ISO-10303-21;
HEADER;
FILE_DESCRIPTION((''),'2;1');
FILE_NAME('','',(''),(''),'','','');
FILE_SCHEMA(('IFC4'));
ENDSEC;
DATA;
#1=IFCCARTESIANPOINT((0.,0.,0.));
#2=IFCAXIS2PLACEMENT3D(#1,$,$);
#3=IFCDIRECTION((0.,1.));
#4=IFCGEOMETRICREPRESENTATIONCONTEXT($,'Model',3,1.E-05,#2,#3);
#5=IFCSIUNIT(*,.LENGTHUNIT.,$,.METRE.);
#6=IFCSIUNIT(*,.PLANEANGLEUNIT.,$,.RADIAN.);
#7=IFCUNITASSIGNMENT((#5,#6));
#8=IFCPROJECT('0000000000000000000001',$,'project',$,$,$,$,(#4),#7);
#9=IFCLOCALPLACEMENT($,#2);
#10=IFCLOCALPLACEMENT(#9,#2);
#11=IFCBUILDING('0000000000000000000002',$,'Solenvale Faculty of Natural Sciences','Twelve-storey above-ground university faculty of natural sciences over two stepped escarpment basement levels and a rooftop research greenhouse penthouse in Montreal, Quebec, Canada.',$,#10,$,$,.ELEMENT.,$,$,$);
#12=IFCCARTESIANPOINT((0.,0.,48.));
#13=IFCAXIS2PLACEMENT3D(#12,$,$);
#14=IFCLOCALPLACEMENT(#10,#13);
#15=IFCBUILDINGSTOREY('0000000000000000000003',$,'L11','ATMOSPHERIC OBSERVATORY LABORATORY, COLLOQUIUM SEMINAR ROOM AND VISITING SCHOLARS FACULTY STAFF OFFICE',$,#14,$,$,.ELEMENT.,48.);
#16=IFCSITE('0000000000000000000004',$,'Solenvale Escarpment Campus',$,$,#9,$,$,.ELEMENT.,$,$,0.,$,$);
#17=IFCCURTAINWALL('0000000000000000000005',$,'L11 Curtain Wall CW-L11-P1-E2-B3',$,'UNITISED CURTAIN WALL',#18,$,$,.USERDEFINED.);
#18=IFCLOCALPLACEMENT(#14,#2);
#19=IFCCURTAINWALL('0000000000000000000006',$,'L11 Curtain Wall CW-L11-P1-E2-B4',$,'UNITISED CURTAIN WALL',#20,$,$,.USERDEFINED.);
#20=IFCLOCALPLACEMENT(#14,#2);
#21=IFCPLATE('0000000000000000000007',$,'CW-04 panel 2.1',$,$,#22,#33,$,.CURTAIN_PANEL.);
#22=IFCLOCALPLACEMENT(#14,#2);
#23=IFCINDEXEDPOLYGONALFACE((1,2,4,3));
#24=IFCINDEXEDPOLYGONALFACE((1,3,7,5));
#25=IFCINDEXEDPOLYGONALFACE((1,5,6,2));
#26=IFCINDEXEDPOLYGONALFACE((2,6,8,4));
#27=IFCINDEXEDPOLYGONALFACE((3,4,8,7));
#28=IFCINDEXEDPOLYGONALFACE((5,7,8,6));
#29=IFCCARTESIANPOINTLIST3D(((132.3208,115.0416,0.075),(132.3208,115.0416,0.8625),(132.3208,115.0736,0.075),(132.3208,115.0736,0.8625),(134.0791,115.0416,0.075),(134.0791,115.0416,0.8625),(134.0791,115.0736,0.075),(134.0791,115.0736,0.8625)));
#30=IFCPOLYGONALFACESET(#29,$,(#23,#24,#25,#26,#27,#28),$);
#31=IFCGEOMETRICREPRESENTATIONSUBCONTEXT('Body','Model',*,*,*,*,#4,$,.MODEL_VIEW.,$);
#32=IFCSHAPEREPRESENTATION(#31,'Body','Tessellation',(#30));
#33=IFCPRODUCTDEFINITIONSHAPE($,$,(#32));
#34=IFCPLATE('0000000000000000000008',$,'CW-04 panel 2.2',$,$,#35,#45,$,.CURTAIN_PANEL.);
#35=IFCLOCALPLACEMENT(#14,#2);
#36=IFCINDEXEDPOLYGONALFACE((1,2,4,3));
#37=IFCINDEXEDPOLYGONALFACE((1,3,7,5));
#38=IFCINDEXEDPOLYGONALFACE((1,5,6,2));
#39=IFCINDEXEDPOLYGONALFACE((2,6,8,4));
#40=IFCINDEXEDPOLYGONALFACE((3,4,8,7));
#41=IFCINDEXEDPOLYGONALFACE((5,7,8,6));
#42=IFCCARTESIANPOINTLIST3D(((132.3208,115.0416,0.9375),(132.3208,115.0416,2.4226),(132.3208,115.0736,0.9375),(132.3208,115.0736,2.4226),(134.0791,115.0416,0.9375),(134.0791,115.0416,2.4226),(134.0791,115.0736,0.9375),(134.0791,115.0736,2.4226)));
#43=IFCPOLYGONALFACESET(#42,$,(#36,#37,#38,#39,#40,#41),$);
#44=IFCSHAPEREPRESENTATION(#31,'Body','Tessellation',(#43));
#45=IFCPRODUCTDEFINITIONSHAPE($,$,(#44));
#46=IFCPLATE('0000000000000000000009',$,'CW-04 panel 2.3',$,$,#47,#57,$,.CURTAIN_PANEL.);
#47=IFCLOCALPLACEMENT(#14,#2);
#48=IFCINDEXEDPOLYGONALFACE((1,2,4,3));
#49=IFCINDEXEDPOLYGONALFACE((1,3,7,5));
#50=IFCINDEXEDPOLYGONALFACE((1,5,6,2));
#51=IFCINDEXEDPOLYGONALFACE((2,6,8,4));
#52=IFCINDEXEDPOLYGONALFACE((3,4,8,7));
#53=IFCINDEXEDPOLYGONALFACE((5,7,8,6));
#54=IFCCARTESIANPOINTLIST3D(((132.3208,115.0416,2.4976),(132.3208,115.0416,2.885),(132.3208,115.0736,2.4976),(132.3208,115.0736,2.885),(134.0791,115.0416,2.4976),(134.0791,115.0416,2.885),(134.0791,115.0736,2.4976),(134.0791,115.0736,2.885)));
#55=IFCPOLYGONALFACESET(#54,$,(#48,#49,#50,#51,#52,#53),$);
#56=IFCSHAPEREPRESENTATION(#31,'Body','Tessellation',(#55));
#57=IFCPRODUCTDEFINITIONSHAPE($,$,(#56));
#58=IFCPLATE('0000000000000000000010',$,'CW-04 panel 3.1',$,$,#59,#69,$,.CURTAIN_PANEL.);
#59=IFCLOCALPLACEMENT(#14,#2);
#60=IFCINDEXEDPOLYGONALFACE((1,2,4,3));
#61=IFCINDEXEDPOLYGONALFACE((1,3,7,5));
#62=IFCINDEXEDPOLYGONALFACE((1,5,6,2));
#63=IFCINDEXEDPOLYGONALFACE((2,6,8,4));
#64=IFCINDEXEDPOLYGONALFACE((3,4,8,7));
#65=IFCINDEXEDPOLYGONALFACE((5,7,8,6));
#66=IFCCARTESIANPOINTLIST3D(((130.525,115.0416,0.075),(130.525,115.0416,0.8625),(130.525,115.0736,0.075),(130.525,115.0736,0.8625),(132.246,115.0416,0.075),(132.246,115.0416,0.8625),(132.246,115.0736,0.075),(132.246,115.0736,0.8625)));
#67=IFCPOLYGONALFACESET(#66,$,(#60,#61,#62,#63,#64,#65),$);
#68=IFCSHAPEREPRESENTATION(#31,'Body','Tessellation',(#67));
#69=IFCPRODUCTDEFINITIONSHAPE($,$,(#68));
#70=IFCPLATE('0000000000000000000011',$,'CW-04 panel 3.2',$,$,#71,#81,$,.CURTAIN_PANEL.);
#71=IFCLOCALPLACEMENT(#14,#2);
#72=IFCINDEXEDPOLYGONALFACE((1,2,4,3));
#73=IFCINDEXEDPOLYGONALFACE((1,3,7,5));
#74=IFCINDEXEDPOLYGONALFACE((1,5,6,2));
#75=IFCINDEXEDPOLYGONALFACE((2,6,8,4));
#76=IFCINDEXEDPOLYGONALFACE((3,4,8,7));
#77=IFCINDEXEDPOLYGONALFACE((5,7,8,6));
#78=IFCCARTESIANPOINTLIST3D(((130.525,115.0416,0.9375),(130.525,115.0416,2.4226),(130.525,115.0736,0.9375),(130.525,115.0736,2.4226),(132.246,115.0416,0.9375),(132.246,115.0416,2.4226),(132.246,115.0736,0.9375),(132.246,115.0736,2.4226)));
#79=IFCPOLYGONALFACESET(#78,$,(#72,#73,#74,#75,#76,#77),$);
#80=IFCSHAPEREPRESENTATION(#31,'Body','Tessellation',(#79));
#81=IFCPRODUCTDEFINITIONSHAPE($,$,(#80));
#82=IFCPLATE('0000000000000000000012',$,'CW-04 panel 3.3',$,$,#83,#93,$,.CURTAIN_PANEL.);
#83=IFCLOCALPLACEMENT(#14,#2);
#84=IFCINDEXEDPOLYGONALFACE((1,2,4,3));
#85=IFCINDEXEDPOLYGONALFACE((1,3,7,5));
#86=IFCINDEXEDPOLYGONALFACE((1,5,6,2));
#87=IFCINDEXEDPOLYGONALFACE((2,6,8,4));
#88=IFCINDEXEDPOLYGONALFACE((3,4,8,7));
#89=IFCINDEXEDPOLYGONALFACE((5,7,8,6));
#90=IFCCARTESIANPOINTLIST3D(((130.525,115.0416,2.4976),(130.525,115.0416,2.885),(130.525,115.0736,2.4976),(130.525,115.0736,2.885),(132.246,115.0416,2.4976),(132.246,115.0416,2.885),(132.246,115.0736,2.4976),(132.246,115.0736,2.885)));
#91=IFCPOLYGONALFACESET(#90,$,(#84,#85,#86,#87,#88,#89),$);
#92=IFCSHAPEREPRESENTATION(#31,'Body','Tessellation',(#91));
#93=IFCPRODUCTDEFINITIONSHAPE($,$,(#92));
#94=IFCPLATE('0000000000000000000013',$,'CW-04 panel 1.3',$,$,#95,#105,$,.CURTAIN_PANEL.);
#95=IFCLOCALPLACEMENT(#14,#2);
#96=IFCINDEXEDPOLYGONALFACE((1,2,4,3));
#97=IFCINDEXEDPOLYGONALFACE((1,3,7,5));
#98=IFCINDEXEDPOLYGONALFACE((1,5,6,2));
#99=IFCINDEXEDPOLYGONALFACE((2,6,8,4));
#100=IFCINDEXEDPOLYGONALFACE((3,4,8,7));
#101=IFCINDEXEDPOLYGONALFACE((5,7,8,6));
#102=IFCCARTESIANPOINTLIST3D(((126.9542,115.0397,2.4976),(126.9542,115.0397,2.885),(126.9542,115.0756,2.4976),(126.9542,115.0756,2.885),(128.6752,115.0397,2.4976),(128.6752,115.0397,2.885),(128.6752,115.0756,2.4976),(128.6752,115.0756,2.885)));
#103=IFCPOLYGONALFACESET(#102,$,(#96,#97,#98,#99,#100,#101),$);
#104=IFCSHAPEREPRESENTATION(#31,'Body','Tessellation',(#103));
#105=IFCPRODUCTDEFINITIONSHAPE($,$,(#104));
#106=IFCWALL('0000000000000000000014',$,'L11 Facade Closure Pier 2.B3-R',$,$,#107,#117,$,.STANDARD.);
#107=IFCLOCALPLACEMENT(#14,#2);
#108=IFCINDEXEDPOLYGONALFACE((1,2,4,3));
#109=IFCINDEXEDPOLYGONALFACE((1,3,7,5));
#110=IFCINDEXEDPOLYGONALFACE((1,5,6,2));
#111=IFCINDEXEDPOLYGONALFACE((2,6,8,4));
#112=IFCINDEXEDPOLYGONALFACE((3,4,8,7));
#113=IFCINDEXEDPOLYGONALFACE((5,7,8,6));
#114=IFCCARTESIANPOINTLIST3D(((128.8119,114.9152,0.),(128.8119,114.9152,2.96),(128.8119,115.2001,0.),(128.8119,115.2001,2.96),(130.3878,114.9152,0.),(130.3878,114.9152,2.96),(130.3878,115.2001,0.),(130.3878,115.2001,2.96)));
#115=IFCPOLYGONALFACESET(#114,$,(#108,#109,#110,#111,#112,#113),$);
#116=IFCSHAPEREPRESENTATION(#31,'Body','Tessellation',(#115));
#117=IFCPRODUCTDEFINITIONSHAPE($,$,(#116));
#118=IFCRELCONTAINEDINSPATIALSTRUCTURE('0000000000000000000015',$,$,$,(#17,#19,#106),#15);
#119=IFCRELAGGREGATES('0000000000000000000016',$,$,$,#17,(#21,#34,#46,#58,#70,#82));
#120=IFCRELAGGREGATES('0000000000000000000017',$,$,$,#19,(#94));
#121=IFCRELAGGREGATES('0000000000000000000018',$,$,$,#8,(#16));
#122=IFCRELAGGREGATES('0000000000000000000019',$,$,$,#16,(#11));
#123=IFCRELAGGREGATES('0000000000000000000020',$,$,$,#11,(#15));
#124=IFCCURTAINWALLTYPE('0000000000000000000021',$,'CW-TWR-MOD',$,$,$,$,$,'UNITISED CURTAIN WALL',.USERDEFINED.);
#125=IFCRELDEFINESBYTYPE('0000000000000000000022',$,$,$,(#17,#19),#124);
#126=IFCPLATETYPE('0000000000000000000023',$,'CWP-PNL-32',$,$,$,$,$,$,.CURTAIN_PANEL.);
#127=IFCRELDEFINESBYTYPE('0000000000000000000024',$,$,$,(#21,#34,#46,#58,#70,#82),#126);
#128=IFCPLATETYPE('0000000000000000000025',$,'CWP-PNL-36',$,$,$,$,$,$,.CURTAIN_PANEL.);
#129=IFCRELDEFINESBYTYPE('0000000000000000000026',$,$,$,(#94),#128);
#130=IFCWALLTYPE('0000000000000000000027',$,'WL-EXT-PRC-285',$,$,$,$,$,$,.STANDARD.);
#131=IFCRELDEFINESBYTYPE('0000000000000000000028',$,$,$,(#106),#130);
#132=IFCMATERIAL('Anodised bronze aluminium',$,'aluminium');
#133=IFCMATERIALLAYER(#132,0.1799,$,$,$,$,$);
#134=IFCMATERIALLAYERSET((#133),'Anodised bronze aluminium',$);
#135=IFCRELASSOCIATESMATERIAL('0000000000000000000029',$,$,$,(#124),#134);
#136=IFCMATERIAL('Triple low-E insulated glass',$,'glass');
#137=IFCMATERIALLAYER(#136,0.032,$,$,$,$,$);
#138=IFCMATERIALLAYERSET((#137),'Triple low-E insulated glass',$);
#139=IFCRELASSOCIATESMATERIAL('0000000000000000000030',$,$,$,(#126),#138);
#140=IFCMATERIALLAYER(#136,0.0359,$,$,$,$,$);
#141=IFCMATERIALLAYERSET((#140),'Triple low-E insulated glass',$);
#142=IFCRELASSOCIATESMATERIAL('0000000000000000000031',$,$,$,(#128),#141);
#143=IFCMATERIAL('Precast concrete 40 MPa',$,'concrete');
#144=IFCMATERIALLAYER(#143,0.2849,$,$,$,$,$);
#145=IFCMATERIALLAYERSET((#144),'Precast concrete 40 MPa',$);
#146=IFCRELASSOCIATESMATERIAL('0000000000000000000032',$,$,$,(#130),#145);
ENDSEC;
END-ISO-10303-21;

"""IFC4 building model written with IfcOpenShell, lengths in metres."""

from ifc_helpers import new_model, si_unit, direction, frame, frame_2d, origin, origin_2d, place, context, subcontext, project, spatial, rectangle, extrude, material, layer, layer_set, type_object, element, aggregate, save


model = new_model("IFC4")

# Units and contexts
model_context = context("Model", 3, precision=1e-05, world=origin(), true_north=direction((0.0, 1.0)))
body_context = subcontext(model_context, "Body", "Model", "MODEL_VIEW")
ifc_project = project(units=[si_unit("LENGTHUNIT", "METRE"), si_unit("PLANEANGLEUNIT", "RADIAN")], contexts=[model_context])

# Site, building, storey
site_placement = place(None, origin())
site = spatial("IfcSite", under=ifc_project, at=site_placement, Name="Solenvale Escarpment Campus", CompositionType="ELEMENT", RefElevation=0.0)
building_placement = place(site_placement, origin())
building = spatial("IfcBuilding", under=site, at=building_placement, Name="Solenvale Faculty of Natural Sciences", Description="Twelve-storey above-ground university faculty of natural sciences over two stepped escarpment basement levels and a rooftop research greenhouse penthouse in Montreal, Quebec, Canada.", CompositionType="ELEMENT")
storey_placement = place(building_placement, frame((0.0, 0.0, 48.0)))
storey = spatial("IfcBuildingStorey", under=building, at=storey_placement, Name="L11", Description="ATMOSPHERIC OBSERVATORY LABORATORY, COLLOQUIUM SEMINAR ROOM AND VISITING SCHOLARS FACULTY STAFF OFFICE", CompositionType="ELEMENT", Elevation=48.0)

# Shared definitions
ifc_material_1 = material(Name="Precast concrete 40 MPa", Category="concrete")

# Curtain wall
ifc_material_2 = material(Name="Anodised bronze aluminium", Category="aluminium")
ifc_layer_1 = layer(ifc_material_2, 0.1799)
ifc_layer_set_1 = layer_set([ifc_layer_1], Name="Anodised bronze aluminium")
curtain_wall_type = type_object("IfcCurtainWallType", Name="CW-TWR-MOD", ElementType="UNITISED CURTAIN WALL", PredefinedType="USERDEFINED", material=ifc_layer_set_1)
curtain_wall_1_placement = place(storey_placement, origin())
curtain_wall_1 = element("IfcCurtainWall", 1, at=curtain_wall_1_placement, inside=storey, type_object=curtain_wall_type, Name="L11 Curtain Wall CW-L11-P1-E2-B3", ObjectType="UNITISED CURTAIN WALL", PredefinedType="USERDEFINED")

# Curtain wall
curtain_wall_2_placement = place(storey_placement, origin())
curtain_wall_2 = element("IfcCurtainWall", 2, at=curtain_wall_2_placement, inside=storey, type_object=curtain_wall_type, Name="L11 Curtain Wall CW-L11-P1-E2-B4", ObjectType="UNITISED CURTAIN WALL", PredefinedType="USERDEFINED")

# Plates
ifc_material_3 = material(Name="Triple low-E insulated glass", Category="glass")
ifc_layer_2 = layer(ifc_material_3, 0.032)
ifc_layer_set_2 = layer_set([ifc_layer_2], Name="Triple low-E insulated glass")
plate_type_1 = type_object("IfcPlateType", Name="CWP-PNL-32", PredefinedType="CURTAIN_PANEL", material=ifc_layer_set_2)
plate_1_placement = place(storey_placement, frame((133.2, 115.0576, 0.075), z_axis=(0.0, 0.0, 1.0), x_axis=(-1.0, 0.0, 0.0)))
plate_1 = element("IfcPlate", 3, at=plate_1_placement, type_object=plate_type_1, Name="CW-04 panel 2.1", PredefinedType="CURTAIN_PANEL", context=body_context, shape_type="SweptSolid", body=[
    extrude(rectangle(XDim=1.7583, YDim=0.032, at=origin_2d()), origin(), (0.0, 0.0, 1.0), 0.7876),
])
plate_2_placement = place(storey_placement, frame((133.2, 115.0576, 0.9375), z_axis=(0.0, 0.0, 1.0), x_axis=(-1.0, 0.0, 0.0)))
plate_2 = element("IfcPlate", 4, at=plate_2_placement, type_object=plate_type_1, Name="CW-04 panel 2.2", PredefinedType="CURTAIN_PANEL", context=body_context, shape_type="SweptSolid", body=[
    extrude(rectangle(XDim=1.7583, YDim=0.032, at=origin_2d()), origin(), (0.0, 0.0, 1.0), 1.4851),
])
plate_3_placement = place(storey_placement, frame((133.2, 115.0576, 2.4976), z_axis=(0.0, 0.0, 1.0), x_axis=(-1.0, 0.0, 0.0)))
plate_3 = element("IfcPlate", 5, at=plate_3_placement, type_object=plate_type_1, Name="CW-04 panel 2.3", PredefinedType="CURTAIN_PANEL", context=body_context, shape_type="SweptSolid", body=[
    extrude(rectangle(XDim=1.7583, YDim=0.032, at=origin_2d()), origin(), (0.0, 0.0, 1.0), 0.3875),
])
plate_4_placement = place(storey_placement, frame((131.3855, 115.0576, 0.075), z_axis=(0.0, 0.0, 1.0), x_axis=(-1.0, 0.0, 0.0)))
plate_4 = element("IfcPlate", 6, at=plate_4_placement, type_object=plate_type_1, Name="CW-04 panel 3.1", PredefinedType="CURTAIN_PANEL", context=body_context, shape_type="SweptSolid", body=[
    extrude(rectangle(XDim=1.7209, YDim=0.032, at=origin_2d()), origin(), (0.0, 0.0, 1.0), 0.7876),
])
plate_5_placement = place(storey_placement, frame((131.3855, 115.0576, 0.9375), z_axis=(0.0, 0.0, 1.0), x_axis=(-1.0, 0.0, 0.0)))
plate_5 = element("IfcPlate", 7, at=plate_5_placement, type_object=plate_type_1, Name="CW-04 panel 3.2", PredefinedType="CURTAIN_PANEL", context=body_context, shape_type="SweptSolid", body=[
    extrude(rectangle(XDim=1.7209, YDim=0.032, at=origin_2d()), origin(), (0.0, 0.0, 1.0), 1.4851),
])
plate_6_placement = place(storey_placement, frame((131.3855, 115.0576, 2.4976), z_axis=(0.0, 0.0, 1.0), x_axis=(-1.0, 0.0, 0.0)))
plate_6 = element("IfcPlate", 8, at=plate_6_placement, type_object=plate_type_1, Name="CW-04 panel 3.3", PredefinedType="CURTAIN_PANEL", context=body_context, shape_type="SweptSolid", body=[
    extrude(rectangle(XDim=1.7209, YDim=0.032, at=origin_2d()), origin(), (0.0, 0.0, 1.0), 0.3875),
])
aggregate(curtain_wall_1, [plate_1, plate_2, plate_3, plate_4, plate_5, plate_6])
ifc_layer_3 = layer(ifc_material_3, 0.0359)
ifc_layer_set_3 = layer_set([ifc_layer_3], Name="Triple low-E insulated glass")
plate_type_2 = type_object("IfcPlateType", Name="CWP-PNL-36", PredefinedType="CURTAIN_PANEL", material=ifc_layer_set_3)
plate_7_placement = place(storey_placement, frame((127.8147, 115.0576, 2.4976), z_axis=(0.0, 0.0, 1.0), x_axis=(-1.0, 0.0, 0.0)))
plate_7 = element("IfcPlate", 9, at=plate_7_placement, type_object=plate_type_2, Name="CW-04 panel 1.3", PredefinedType="CURTAIN_PANEL", context=body_context, shape_type="SweptSolid", body=[
    extrude(rectangle(XDim=1.7209, YDim=0.0359, at=origin_2d()), origin(), (0.0, 0.0, 1.0), 0.3875),
])
aggregate(curtain_wall_2, [plate_7])

# Wall
ifc_layer_4 = layer(ifc_material_1, 0.2849)
ifc_layer_set_4 = layer_set([ifc_layer_4], Name="Precast concrete 40 MPa")
wall_type = type_object("IfcWallType", Name="WL-EXT-PRC-285", PredefinedType="STANDARD", material=ifc_layer_set_4)
wall_placement = place(storey_placement, frame((130.3879, 115.0576, 0.0), z_axis=(0.0, 0.0, 1.0), x_axis=(-1.0, 0.0, 0.0)))
element("IfcWall", 10, at=wall_placement, inside=storey, type_object=wall_type, Name="L11 Facade Closure Pier 2.B3-R", PredefinedType="STANDARD", context=body_context, shape_type="SweptSolid", body=[
    extrude(rectangle(XDim=1.5759, YDim=0.2849, at=frame_2d((0.7881, 0.0))), origin(), (0.0, 0.0, 1.0), 2.96),
])

save(model, "model.ifc")
